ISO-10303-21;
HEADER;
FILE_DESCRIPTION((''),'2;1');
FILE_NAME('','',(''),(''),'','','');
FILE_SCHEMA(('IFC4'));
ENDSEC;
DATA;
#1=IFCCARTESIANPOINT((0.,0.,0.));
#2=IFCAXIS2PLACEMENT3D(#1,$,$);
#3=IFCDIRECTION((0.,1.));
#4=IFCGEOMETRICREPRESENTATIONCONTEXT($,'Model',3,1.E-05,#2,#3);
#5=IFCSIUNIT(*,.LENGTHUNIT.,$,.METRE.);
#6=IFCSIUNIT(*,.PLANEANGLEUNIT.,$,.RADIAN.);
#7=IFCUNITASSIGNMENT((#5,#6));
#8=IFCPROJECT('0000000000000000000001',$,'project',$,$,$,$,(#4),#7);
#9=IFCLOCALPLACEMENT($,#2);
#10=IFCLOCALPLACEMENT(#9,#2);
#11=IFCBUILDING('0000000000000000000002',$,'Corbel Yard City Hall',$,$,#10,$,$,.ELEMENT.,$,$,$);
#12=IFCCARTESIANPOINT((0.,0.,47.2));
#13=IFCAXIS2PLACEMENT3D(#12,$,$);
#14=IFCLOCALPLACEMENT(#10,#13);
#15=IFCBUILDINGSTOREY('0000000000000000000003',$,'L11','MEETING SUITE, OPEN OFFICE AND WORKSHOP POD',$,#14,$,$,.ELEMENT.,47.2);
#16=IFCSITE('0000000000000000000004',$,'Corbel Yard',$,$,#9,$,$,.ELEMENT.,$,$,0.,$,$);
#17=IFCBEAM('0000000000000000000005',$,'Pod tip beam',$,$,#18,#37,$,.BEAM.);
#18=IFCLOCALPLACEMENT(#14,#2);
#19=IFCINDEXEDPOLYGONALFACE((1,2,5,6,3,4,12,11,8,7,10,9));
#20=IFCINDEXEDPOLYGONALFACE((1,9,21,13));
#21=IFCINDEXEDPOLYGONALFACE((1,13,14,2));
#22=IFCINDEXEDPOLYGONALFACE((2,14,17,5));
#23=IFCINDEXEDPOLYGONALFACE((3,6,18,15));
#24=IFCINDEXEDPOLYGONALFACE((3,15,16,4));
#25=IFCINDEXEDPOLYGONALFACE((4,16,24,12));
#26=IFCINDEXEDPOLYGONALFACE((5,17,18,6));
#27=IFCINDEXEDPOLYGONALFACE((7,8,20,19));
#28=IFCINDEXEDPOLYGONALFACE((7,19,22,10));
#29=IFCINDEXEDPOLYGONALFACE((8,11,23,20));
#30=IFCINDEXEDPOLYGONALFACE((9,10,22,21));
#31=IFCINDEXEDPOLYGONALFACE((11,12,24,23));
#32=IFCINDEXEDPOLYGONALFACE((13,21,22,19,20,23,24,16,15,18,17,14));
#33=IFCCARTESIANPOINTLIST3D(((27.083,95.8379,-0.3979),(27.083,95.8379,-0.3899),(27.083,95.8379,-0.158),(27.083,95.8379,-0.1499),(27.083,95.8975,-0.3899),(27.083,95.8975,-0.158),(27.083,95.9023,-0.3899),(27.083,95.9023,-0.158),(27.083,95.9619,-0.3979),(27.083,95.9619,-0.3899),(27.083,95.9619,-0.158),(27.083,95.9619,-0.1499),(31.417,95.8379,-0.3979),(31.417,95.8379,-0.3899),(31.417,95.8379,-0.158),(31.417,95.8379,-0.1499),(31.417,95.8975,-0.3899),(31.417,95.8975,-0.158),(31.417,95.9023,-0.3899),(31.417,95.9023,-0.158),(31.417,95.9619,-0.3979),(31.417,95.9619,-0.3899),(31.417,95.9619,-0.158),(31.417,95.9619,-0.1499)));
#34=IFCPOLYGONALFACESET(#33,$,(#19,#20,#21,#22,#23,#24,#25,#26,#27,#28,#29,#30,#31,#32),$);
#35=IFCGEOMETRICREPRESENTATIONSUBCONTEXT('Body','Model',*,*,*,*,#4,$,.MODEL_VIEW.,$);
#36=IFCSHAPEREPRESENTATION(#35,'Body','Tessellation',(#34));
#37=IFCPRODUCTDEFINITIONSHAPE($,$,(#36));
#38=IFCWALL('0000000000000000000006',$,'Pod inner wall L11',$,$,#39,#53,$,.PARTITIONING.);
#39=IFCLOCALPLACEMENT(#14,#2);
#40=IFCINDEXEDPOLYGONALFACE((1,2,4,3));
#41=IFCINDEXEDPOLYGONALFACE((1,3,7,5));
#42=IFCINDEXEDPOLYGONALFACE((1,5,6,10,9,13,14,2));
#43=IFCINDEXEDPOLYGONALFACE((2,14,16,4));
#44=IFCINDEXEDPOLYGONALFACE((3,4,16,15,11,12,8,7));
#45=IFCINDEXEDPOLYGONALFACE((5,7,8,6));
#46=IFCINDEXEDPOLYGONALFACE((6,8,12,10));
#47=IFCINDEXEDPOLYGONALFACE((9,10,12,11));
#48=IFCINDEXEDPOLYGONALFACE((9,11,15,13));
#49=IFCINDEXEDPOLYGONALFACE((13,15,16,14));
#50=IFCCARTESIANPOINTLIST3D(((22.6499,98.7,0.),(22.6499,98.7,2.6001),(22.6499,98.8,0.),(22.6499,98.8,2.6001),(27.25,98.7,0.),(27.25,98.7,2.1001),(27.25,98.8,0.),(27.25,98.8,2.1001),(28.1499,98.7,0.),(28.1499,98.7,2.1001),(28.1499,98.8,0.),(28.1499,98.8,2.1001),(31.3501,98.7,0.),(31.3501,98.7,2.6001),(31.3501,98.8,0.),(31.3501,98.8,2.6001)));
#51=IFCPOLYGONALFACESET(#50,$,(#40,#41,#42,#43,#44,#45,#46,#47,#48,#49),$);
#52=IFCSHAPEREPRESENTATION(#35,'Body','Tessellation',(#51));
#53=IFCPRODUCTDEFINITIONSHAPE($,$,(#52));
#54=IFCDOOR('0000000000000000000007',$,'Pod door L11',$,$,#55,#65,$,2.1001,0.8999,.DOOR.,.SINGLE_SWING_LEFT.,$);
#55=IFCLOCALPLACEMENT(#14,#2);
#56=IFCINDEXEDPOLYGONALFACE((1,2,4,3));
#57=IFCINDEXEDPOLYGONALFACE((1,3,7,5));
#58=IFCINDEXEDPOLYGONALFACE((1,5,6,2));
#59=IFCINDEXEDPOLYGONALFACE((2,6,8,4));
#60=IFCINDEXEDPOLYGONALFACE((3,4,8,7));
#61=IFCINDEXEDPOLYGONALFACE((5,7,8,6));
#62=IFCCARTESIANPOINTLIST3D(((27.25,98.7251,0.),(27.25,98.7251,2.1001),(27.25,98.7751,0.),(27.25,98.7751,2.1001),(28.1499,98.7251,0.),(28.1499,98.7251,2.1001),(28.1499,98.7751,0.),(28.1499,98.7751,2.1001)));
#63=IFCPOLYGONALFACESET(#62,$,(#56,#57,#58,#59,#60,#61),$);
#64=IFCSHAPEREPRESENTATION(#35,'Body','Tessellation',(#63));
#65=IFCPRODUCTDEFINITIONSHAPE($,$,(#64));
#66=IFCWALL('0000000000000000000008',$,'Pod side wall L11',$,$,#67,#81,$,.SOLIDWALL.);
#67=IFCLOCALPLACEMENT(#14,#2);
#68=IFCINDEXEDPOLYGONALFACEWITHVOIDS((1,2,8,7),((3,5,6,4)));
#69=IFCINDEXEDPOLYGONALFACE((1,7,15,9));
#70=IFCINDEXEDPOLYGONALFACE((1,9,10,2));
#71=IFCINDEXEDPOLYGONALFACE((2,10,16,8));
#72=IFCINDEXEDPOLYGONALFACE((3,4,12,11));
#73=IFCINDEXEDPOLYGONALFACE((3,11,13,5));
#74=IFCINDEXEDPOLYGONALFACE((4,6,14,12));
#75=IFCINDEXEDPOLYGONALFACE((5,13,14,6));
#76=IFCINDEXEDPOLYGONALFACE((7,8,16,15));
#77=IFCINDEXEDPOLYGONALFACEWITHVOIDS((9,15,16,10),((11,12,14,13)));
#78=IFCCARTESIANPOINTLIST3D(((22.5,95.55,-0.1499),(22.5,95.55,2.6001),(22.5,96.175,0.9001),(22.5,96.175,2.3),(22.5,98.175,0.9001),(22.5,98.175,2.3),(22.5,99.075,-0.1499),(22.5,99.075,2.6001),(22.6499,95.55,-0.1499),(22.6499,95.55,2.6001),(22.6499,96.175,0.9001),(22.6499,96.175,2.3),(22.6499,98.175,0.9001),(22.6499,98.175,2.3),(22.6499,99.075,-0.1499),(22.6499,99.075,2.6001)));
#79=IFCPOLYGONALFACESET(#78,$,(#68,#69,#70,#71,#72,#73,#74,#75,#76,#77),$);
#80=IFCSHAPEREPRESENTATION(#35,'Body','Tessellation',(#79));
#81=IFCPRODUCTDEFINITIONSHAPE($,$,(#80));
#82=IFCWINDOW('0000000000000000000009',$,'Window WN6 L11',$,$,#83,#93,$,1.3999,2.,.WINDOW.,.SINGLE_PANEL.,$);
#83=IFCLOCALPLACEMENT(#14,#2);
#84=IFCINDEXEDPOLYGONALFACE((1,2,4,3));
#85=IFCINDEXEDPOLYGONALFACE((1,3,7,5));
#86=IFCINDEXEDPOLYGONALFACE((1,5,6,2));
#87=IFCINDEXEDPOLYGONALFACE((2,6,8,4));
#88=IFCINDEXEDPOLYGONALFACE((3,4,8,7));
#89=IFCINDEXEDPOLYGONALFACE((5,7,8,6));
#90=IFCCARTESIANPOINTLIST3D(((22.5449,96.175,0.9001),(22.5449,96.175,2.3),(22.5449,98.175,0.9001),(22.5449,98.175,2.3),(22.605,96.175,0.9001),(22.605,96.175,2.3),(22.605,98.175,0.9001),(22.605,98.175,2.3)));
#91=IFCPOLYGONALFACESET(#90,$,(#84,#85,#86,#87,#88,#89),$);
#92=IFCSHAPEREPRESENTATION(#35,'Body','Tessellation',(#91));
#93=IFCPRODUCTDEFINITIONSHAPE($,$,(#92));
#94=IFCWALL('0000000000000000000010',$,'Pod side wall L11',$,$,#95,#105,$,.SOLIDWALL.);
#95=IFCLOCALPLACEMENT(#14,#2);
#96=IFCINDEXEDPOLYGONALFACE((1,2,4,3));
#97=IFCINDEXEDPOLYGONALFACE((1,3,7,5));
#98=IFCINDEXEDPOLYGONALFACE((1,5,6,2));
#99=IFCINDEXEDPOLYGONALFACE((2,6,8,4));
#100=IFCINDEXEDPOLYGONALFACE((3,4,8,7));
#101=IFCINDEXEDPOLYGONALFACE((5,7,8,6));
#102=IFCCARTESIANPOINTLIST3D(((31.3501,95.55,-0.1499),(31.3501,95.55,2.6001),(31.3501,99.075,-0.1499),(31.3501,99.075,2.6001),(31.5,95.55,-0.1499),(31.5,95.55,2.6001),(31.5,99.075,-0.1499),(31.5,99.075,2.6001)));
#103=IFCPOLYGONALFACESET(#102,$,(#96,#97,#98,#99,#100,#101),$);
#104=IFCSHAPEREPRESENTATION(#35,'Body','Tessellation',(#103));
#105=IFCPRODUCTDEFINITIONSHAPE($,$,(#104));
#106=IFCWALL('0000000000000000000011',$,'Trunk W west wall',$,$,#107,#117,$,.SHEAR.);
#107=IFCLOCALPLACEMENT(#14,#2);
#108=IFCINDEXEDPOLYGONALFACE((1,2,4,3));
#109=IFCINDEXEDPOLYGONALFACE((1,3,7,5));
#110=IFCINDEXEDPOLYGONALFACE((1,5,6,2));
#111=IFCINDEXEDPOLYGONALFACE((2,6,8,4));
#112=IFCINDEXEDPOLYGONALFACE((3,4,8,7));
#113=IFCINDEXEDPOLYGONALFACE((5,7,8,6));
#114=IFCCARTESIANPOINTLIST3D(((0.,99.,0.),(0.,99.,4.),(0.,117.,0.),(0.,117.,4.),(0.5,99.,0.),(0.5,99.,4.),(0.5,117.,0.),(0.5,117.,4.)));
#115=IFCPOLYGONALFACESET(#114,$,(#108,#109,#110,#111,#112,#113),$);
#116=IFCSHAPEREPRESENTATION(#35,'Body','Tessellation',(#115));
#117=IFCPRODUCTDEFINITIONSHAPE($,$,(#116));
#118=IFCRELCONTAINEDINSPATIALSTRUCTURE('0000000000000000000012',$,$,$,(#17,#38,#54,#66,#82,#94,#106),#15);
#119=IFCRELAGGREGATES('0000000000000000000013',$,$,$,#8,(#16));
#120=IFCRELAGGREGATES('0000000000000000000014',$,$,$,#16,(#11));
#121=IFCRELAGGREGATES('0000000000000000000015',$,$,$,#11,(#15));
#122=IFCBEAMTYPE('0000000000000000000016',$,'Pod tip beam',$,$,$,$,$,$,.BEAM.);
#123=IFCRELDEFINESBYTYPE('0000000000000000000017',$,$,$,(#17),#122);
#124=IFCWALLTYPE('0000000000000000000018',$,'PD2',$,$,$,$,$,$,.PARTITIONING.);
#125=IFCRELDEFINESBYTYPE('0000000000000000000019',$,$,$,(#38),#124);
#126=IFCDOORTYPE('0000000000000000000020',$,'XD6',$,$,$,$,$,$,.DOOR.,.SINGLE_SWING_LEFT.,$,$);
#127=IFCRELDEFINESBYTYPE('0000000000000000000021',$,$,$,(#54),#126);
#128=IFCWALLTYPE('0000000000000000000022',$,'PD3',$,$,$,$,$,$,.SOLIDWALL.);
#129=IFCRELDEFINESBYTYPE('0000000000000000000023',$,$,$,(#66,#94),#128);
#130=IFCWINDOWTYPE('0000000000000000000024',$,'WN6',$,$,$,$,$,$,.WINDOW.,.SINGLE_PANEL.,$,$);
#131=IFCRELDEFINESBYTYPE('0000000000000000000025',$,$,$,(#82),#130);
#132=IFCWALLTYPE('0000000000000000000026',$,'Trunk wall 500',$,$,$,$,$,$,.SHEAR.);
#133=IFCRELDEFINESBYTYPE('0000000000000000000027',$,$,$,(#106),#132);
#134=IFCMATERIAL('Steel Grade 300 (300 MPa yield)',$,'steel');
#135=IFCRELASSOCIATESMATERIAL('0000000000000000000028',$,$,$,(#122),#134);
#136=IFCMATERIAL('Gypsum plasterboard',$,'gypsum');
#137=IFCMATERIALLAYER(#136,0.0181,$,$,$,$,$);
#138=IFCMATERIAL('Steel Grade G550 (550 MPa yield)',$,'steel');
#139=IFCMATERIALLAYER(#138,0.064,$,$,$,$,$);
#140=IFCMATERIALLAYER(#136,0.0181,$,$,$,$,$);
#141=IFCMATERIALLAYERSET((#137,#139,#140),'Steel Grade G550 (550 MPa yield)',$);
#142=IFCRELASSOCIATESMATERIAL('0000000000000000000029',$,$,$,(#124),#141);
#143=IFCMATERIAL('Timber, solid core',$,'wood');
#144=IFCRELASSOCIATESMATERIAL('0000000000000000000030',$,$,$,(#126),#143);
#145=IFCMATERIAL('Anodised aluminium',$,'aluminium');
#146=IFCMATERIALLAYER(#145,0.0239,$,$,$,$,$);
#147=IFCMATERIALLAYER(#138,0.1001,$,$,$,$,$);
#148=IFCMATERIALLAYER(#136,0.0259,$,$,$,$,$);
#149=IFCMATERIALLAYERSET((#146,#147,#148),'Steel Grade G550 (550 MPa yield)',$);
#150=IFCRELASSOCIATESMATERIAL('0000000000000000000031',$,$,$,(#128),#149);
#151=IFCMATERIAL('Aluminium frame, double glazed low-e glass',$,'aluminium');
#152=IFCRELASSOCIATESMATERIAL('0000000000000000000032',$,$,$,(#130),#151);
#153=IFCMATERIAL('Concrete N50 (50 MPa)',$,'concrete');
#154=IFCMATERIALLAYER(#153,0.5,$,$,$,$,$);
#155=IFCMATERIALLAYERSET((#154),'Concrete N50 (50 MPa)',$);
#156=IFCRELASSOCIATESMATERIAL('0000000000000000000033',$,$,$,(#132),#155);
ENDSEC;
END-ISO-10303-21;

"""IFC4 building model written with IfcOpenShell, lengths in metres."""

from ifc_helpers import new_model, si_unit, direction, frame, frame_2d, origin, origin_2d, place, context, subcontext, project, spatial, rectangle, i_section, extrude, material, layer, layer_set, material_profile, profile_set, type_object, element, fill, save


model = new_model("IFC4")

# Units and contexts
model_context = context("Model", 3, precision=1e-05, world=origin(), true_north=direction((0.0, 1.0)))
body_context = subcontext(model_context, "Body", "Model", "MODEL_VIEW")
ifc_project = project(units=[si_unit("LENGTHUNIT", "METRE"), si_unit("PLANEANGLEUNIT", "RADIAN")], contexts=[model_context])

# Site, building, storey
site_placement = place(None, origin())
site = spatial("IfcSite", under=ifc_project, at=site_placement, Name="Corbel Yard", CompositionType="ELEMENT", RefElevation=0.0)
building_placement = place(site_placement, origin())
building = spatial("IfcBuilding", under=site, at=building_placement, Name="Corbel Yard City Hall", CompositionType="ELEMENT")
storey_placement = place(building_placement, frame((0.0, 0.0, 47.2)))
storey = spatial("IfcBuildingStorey", under=building, at=storey_placement, Name="L11", Description="MEETING SUITE, OPEN OFFICE AND WORKSHOP POD", CompositionType="ELEMENT", Elevation=47.2)

# Beam
ifc_material_1 = material(Name="Steel Grade 300 (300 MPa yield)", Category="steel")
ifc_material_profile_1 = material_profile(ifc_material_1, i_section(OverallWidth=0.124, OverallDepth=0.248, WebThickness=0.0049, FlangeThickness=0.0081, at=origin_2d()), Name="250UB25.7")
ifc_profile_set_1 = profile_set([ifc_material_profile_1], Name="Steel Grade 300 (300 MPa yield)")
beam_type_1 = type_object("IfcBeamType", Name="Pod tip beam", PredefinedType="BEAM", material=ifc_profile_set_1)
for number, where, z_axis, x_axis, name in (
    (1, (27.083, 95.8999, -0.2739), (1.0, 0.0, 0.0), (0.0, 1.0, 0.0), "Pod tip beam"),
):
    element("IfcBeam", number, at=place(storey_placement, frame(where, z_axis=z_axis, x_axis=x_axis)), inside=storey, type_object=beam_type_1, Name=name, PredefinedType="BEAM", context=body_context, shape_type="SweptSolid", body=[
        extrude(i_section(OverallWidth=0.124, OverallDepth=0.248, WebThickness=0.0049, FlangeThickness=0.0081, at=origin_2d()), origin(), (0.0, 0.0, 1.0), 4.334),
    ])

# Wall, opening, door
ifc_material_2 = material(Name="Gypsum plasterboard", Category="gypsum")
ifc_layer_1 = layer(ifc_material_2, 0.0181)
ifc_material_3 = material(Name="Steel Grade G550 (550 MPa yield)", Category="steel")
ifc_layer_2 = layer(ifc_material_3, 0.064)
ifc_layer_3 = layer(ifc_material_2, 0.0181)
ifc_layer_set_1 = layer_set([ifc_layer_1, ifc_layer_2, ifc_layer_3], Name="Steel Grade G550 (550 MPa yield)")
wall_type_1 = type_object("IfcWallType", Name="PD2", PredefinedType="PARTITIONING", material=ifc_layer_set_1)
wall_1_placement = place(storey_placement, frame((22.6499, 98.75, 0.0), z_axis=(0.0, 0.0, 1.0), x_axis=(1.0, 0.0, 0.0)))
wall_1 = element("IfcWall", 2, at=wall_1_placement, inside=storey, type_object=wall_type_1, Name="Pod inner wall L11", PredefinedType="PARTITIONING", context=body_context, shape_type="SweptSolid", body=[
    extrude(rectangle(XDim=8.7002, YDim=0.1001, at=frame_2d((4.3501, 0.0))), origin(), (0.0, 0.0, 1.0), 2.6001),
])
opening_1_placement = place(wall_1_placement, frame((4.6001, 0.0, 0.0)))
opening_1 = element("IfcOpeningElement", 3, at=opening_1_placement, cuts=wall_1, PredefinedType="OPENING", context=body_context, shape_type="SweptSolid", body=[
    extrude(rectangle(XDim=0.8999, YDim=2.1001, at=frame_2d((0.45, 1.05))), frame((0.0, 0.0601, 0.0), z_axis=(0.0, -1.0, 0.0), x_axis=(1.0, 0.0, 0.0)), (0.0, 0.0, 1.0), 0.1201),
])
ifc_material_4 = material(Name="Timber, solid core", Category="wood")
door_type_1 = type_object("IfcDoorType", Name="XD6", OperationType="SINGLE_SWING_LEFT", PredefinedType="DOOR", material=ifc_material_4)
door_1_placement = place(opening_1_placement, frame((0.8999, 0.0, 0.0), z_axis=(0.0, 0.0, 1.0), x_axis=(-1.0, 0.0, 0.0)))
door_1 = element("IfcDoor", 4, at=door_1_placement, inside=storey, type_object=door_type_1, Name="Pod door L11", OperationType="SINGLE_SWING_LEFT", OverallHeight=2.1001, OverallWidth=0.8999, PredefinedType="DOOR", context=body_context, shape_type="SweptSolid", body=[
    extrude(rectangle(XDim=0.8999, YDim=2.1001, at=frame_2d((0.45, 1.05))), frame((0.0, 0.0249, 0.0), z_axis=(0.0, -1.0, 0.0), x_axis=(1.0, 0.0, 0.0)), (0.0, 0.0, 1.0), 0.05),
])
fill(opening_1, door_1)

# Wall, opening, window
ifc_material_5 = material(Name="Anodised aluminium", Category="aluminium")
ifc_layer_4 = layer(ifc_material_5, 0.0239)
ifc_layer_5 = layer(ifc_material_3, 0.1001)
ifc_layer_6 = layer(ifc_material_2, 0.0259)
ifc_layer_set_2 = layer_set([ifc_layer_4, ifc_layer_5, ifc_layer_6], Name="Steel Grade G550 (550 MPa yield)")
wall_type_2 = type_object("IfcWallType", Name="PD3", PredefinedType="SOLIDWALL", material=ifc_layer_set_2)
wall_2_placement = place(storey_placement, frame((22.575, 95.55, -0.1499), z_axis=(0.0, 0.0, 1.0), x_axis=(0.0, 1.0, 0.0)))
wall_2 = element("IfcWall", 5, at=wall_2_placement, inside=storey, type_object=wall_type_2, Name="Pod side wall L11", PredefinedType="SOLIDWALL", context=body_context, shape_type="SweptSolid", body=[
    extrude(rectangle(XDim=3.5249, YDim=0.1499, at=frame_2d((1.7625, 0.0))), origin(), (0.0, 0.0, 1.0), 2.75),
])
opening_2_placement = place(wall_2_placement, frame((0.625, 0.0, 1.05)))
opening_2 = element("IfcOpeningElement", 6, at=opening_2_placement, cuts=wall_2, PredefinedType="OPENING", context=body_context, shape_type="SweptSolid", body=[
    extrude(rectangle(XDim=2.0, YDim=1.3999, at=frame_2d((1.0, 0.7))), frame((0.0, 0.085, 0.0), z_axis=(0.0, -1.0, 0.0), x_axis=(1.0, 0.0, 0.0)), (0.0, 0.0, 1.0), 0.1699),
])
ifc_material_6 = material(Name="Aluminium frame, double glazed low-e glass", Category="aluminium")
window_type = type_object("IfcWindowType", Name="WN6", PartitioningType="SINGLE_PANEL", PredefinedType="WINDOW", material=ifc_material_6)
window_placement = place(opening_2_placement, origin())
window = element("IfcWindow", 7, at=window_placement, inside=storey, type_object=window_type, Name="Window WN6 L11", OverallHeight=1.3999, OverallWidth=2.0, PartitioningType="SINGLE_PANEL", PredefinedType="WINDOW", context=body_context, shape_type="SweptSolid", body=[
    extrude(rectangle(XDim=2.0, YDim=1.3999, at=frame_2d((1.0, 0.7))), frame((0.0, 0.03, 0.0), z_axis=(0.0, -1.0, 0.0), x_axis=(1.0, 0.0, 0.0)), (0.0, 0.0, 1.0), 0.0601),
])
fill(opening_2, window)

# Walls
wall_3_placement = place(storey_placement, frame((31.425, 95.55, -0.1499), z_axis=(0.0, 0.0, 1.0), x_axis=(0.0, 1.0, 0.0)))
element("IfcWall", 8, at=wall_3_placement, inside=storey, type_object=wall_type_2, Name="Pod side wall L11", PredefinedType="SOLIDWALL", context=body_context, shape_type="SweptSolid", body=[
    extrude(rectangle(XDim=3.5249, YDim=0.1499, at=frame_2d((1.7625, 0.0))), origin(), (0.0, 0.0, 1.0), 2.75),
])
ifc_material_7 = material(Name="Concrete N50 (50 MPa)", Category="concrete")
ifc_layer_7 = layer(ifc_material_7, 0.5)
ifc_layer_set_3 = layer_set([ifc_layer_7], Name="Concrete N50 (50 MPa)")
wall_type_3 = type_object("IfcWallType", Name="Trunk wall 500", PredefinedType="SHEAR", material=ifc_layer_set_3)
wall_4_placement = place(storey_placement, frame((0.25, 99.0, 0.0), z_axis=(0.0, 0.0, 1.0), x_axis=(0.0, 1.0, 0.0)))
element("IfcWall", 9, at=wall_4_placement, inside=storey, type_object=wall_type_3, Name="Trunk W west wall", PredefinedType="SHEAR", context=body_context, shape_type="SweptSolid", body=[
    extrude(rectangle(XDim=18.0, YDim=0.5, at=frame_2d((9.0, 0.0))), origin(), (0.0, 0.0, 1.0), 4.0),
])

save(model, "model.ifc")
